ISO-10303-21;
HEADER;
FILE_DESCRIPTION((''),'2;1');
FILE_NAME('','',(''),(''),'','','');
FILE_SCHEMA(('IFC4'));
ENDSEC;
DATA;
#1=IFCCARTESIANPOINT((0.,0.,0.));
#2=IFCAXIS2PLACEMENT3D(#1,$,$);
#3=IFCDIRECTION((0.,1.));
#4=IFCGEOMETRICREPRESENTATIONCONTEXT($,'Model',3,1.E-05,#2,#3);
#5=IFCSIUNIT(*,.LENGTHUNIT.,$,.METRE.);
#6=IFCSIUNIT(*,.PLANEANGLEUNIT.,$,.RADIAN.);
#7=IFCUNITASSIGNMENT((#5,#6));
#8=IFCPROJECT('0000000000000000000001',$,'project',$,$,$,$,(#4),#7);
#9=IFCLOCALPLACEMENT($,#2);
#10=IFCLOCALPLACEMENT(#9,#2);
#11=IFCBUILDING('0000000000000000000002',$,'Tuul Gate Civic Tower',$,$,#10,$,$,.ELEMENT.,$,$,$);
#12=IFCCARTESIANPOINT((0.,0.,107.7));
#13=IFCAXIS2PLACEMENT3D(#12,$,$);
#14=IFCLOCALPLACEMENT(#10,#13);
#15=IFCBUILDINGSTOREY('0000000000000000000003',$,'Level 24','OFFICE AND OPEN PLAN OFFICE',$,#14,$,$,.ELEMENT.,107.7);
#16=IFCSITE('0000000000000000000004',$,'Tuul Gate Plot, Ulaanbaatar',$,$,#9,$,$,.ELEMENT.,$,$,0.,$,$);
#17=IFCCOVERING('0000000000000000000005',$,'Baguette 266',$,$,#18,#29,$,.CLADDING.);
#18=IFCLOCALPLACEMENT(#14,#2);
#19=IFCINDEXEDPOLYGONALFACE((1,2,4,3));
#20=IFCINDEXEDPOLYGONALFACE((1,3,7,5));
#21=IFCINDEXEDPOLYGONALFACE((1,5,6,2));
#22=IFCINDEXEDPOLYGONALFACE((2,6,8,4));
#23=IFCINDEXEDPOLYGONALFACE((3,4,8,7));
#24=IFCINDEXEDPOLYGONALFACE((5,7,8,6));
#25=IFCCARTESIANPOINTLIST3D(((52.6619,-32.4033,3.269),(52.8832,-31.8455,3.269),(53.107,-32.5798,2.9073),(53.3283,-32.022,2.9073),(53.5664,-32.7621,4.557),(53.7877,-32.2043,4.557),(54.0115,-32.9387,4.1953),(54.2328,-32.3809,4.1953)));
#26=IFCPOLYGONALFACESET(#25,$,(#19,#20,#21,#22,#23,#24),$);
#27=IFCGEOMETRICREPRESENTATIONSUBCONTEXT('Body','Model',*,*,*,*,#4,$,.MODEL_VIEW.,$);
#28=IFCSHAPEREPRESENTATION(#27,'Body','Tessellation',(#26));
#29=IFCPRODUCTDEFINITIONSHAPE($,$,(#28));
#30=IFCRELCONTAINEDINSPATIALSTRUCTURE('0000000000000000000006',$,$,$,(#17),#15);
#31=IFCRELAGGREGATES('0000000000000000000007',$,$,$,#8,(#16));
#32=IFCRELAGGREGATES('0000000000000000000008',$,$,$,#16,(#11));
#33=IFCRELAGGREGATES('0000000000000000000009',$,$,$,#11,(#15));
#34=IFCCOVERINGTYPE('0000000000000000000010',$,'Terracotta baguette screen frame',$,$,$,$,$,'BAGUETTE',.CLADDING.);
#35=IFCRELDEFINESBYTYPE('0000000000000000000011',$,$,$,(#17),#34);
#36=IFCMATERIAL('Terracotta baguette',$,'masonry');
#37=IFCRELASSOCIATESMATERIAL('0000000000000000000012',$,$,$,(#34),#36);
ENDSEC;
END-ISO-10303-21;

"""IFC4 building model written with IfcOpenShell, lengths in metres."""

from ifc_helpers import new_model, si_unit, direction, frame, origin, origin_2d, place, context, subcontext, project, spatial, rectangle, extrude, material, material_profile, profile_set, type_object, element, save


model = new_model("IFC4")

# Units and contexts
model_context = context("Model", 3, precision=1e-05, world=origin(), true_north=direction((0.0, 1.0)))
body_context = subcontext(model_context, "Body", "Model", "MODEL_VIEW")
ifc_project = project(units=[si_unit("LENGTHUNIT", "METRE"), si_unit("PLANEANGLEUNIT", "RADIAN")], contexts=[model_context])

# Site, building, storey
site_placement = place(None, origin())
site = spatial("IfcSite", under=ifc_project, at=site_placement, Name="Tuul Gate Plot, Ulaanbaatar", CompositionType="ELEMENT", RefElevation=0.0)
building_placement = place(site_placement, origin())
building = spatial("IfcBuilding", under=site, at=building_placement, Name="Tuul Gate Civic Tower", CompositionType="ELEMENT")
storey_placement = place(building_placement, frame((0.0, 0.0, 107.7)))
storey = spatial("IfcBuildingStorey", under=building, at=storey_placement, Name="Level 24", Description="OFFICE AND OPEN PLAN OFFICE", CompositionType="ELEMENT", Elevation=107.7)

# Covering
ifc_material_1 = material(Name="Terracotta baguette", Category="masonry")
ifc_material_profile_1 = material_profile(ifc_material_1, rectangle(XDim=0.6001, YDim=0.6001, at=origin_2d()), Name="Terracotta baguette screen frame")
ifc_profile_set_1 = profile_set([ifc_material_profile_1], Name="Terracotta baguette")
covering_type = type_object("IfcCoveringType", Name="Terracotta baguette screen frame", ElementType="BAGUETTE", PredefinedType="CLADDING", material=ifc_profile_set_1)
covering_1_placement = place(storey_placement, frame((52.9951, -32.2126, 3.0881), z_axis=(0.560309, -0.222309, 0.797892), x_axis=(0.368794, 0.929511, 0.0)))
element("IfcCovering", 1, at=covering_1_placement, inside=storey, type_object=covering_type, Name="Baguette 266", PredefinedType="CLADDING", context=body_context, shape_type="SweptSolid", body=[
    extrude(rectangle(XDim=0.6001, YDim=0.6001, at=origin_2d()), origin(), (0.0, 0.0, 1.0), 1.6143),
])

save(model, "model.ifc")
